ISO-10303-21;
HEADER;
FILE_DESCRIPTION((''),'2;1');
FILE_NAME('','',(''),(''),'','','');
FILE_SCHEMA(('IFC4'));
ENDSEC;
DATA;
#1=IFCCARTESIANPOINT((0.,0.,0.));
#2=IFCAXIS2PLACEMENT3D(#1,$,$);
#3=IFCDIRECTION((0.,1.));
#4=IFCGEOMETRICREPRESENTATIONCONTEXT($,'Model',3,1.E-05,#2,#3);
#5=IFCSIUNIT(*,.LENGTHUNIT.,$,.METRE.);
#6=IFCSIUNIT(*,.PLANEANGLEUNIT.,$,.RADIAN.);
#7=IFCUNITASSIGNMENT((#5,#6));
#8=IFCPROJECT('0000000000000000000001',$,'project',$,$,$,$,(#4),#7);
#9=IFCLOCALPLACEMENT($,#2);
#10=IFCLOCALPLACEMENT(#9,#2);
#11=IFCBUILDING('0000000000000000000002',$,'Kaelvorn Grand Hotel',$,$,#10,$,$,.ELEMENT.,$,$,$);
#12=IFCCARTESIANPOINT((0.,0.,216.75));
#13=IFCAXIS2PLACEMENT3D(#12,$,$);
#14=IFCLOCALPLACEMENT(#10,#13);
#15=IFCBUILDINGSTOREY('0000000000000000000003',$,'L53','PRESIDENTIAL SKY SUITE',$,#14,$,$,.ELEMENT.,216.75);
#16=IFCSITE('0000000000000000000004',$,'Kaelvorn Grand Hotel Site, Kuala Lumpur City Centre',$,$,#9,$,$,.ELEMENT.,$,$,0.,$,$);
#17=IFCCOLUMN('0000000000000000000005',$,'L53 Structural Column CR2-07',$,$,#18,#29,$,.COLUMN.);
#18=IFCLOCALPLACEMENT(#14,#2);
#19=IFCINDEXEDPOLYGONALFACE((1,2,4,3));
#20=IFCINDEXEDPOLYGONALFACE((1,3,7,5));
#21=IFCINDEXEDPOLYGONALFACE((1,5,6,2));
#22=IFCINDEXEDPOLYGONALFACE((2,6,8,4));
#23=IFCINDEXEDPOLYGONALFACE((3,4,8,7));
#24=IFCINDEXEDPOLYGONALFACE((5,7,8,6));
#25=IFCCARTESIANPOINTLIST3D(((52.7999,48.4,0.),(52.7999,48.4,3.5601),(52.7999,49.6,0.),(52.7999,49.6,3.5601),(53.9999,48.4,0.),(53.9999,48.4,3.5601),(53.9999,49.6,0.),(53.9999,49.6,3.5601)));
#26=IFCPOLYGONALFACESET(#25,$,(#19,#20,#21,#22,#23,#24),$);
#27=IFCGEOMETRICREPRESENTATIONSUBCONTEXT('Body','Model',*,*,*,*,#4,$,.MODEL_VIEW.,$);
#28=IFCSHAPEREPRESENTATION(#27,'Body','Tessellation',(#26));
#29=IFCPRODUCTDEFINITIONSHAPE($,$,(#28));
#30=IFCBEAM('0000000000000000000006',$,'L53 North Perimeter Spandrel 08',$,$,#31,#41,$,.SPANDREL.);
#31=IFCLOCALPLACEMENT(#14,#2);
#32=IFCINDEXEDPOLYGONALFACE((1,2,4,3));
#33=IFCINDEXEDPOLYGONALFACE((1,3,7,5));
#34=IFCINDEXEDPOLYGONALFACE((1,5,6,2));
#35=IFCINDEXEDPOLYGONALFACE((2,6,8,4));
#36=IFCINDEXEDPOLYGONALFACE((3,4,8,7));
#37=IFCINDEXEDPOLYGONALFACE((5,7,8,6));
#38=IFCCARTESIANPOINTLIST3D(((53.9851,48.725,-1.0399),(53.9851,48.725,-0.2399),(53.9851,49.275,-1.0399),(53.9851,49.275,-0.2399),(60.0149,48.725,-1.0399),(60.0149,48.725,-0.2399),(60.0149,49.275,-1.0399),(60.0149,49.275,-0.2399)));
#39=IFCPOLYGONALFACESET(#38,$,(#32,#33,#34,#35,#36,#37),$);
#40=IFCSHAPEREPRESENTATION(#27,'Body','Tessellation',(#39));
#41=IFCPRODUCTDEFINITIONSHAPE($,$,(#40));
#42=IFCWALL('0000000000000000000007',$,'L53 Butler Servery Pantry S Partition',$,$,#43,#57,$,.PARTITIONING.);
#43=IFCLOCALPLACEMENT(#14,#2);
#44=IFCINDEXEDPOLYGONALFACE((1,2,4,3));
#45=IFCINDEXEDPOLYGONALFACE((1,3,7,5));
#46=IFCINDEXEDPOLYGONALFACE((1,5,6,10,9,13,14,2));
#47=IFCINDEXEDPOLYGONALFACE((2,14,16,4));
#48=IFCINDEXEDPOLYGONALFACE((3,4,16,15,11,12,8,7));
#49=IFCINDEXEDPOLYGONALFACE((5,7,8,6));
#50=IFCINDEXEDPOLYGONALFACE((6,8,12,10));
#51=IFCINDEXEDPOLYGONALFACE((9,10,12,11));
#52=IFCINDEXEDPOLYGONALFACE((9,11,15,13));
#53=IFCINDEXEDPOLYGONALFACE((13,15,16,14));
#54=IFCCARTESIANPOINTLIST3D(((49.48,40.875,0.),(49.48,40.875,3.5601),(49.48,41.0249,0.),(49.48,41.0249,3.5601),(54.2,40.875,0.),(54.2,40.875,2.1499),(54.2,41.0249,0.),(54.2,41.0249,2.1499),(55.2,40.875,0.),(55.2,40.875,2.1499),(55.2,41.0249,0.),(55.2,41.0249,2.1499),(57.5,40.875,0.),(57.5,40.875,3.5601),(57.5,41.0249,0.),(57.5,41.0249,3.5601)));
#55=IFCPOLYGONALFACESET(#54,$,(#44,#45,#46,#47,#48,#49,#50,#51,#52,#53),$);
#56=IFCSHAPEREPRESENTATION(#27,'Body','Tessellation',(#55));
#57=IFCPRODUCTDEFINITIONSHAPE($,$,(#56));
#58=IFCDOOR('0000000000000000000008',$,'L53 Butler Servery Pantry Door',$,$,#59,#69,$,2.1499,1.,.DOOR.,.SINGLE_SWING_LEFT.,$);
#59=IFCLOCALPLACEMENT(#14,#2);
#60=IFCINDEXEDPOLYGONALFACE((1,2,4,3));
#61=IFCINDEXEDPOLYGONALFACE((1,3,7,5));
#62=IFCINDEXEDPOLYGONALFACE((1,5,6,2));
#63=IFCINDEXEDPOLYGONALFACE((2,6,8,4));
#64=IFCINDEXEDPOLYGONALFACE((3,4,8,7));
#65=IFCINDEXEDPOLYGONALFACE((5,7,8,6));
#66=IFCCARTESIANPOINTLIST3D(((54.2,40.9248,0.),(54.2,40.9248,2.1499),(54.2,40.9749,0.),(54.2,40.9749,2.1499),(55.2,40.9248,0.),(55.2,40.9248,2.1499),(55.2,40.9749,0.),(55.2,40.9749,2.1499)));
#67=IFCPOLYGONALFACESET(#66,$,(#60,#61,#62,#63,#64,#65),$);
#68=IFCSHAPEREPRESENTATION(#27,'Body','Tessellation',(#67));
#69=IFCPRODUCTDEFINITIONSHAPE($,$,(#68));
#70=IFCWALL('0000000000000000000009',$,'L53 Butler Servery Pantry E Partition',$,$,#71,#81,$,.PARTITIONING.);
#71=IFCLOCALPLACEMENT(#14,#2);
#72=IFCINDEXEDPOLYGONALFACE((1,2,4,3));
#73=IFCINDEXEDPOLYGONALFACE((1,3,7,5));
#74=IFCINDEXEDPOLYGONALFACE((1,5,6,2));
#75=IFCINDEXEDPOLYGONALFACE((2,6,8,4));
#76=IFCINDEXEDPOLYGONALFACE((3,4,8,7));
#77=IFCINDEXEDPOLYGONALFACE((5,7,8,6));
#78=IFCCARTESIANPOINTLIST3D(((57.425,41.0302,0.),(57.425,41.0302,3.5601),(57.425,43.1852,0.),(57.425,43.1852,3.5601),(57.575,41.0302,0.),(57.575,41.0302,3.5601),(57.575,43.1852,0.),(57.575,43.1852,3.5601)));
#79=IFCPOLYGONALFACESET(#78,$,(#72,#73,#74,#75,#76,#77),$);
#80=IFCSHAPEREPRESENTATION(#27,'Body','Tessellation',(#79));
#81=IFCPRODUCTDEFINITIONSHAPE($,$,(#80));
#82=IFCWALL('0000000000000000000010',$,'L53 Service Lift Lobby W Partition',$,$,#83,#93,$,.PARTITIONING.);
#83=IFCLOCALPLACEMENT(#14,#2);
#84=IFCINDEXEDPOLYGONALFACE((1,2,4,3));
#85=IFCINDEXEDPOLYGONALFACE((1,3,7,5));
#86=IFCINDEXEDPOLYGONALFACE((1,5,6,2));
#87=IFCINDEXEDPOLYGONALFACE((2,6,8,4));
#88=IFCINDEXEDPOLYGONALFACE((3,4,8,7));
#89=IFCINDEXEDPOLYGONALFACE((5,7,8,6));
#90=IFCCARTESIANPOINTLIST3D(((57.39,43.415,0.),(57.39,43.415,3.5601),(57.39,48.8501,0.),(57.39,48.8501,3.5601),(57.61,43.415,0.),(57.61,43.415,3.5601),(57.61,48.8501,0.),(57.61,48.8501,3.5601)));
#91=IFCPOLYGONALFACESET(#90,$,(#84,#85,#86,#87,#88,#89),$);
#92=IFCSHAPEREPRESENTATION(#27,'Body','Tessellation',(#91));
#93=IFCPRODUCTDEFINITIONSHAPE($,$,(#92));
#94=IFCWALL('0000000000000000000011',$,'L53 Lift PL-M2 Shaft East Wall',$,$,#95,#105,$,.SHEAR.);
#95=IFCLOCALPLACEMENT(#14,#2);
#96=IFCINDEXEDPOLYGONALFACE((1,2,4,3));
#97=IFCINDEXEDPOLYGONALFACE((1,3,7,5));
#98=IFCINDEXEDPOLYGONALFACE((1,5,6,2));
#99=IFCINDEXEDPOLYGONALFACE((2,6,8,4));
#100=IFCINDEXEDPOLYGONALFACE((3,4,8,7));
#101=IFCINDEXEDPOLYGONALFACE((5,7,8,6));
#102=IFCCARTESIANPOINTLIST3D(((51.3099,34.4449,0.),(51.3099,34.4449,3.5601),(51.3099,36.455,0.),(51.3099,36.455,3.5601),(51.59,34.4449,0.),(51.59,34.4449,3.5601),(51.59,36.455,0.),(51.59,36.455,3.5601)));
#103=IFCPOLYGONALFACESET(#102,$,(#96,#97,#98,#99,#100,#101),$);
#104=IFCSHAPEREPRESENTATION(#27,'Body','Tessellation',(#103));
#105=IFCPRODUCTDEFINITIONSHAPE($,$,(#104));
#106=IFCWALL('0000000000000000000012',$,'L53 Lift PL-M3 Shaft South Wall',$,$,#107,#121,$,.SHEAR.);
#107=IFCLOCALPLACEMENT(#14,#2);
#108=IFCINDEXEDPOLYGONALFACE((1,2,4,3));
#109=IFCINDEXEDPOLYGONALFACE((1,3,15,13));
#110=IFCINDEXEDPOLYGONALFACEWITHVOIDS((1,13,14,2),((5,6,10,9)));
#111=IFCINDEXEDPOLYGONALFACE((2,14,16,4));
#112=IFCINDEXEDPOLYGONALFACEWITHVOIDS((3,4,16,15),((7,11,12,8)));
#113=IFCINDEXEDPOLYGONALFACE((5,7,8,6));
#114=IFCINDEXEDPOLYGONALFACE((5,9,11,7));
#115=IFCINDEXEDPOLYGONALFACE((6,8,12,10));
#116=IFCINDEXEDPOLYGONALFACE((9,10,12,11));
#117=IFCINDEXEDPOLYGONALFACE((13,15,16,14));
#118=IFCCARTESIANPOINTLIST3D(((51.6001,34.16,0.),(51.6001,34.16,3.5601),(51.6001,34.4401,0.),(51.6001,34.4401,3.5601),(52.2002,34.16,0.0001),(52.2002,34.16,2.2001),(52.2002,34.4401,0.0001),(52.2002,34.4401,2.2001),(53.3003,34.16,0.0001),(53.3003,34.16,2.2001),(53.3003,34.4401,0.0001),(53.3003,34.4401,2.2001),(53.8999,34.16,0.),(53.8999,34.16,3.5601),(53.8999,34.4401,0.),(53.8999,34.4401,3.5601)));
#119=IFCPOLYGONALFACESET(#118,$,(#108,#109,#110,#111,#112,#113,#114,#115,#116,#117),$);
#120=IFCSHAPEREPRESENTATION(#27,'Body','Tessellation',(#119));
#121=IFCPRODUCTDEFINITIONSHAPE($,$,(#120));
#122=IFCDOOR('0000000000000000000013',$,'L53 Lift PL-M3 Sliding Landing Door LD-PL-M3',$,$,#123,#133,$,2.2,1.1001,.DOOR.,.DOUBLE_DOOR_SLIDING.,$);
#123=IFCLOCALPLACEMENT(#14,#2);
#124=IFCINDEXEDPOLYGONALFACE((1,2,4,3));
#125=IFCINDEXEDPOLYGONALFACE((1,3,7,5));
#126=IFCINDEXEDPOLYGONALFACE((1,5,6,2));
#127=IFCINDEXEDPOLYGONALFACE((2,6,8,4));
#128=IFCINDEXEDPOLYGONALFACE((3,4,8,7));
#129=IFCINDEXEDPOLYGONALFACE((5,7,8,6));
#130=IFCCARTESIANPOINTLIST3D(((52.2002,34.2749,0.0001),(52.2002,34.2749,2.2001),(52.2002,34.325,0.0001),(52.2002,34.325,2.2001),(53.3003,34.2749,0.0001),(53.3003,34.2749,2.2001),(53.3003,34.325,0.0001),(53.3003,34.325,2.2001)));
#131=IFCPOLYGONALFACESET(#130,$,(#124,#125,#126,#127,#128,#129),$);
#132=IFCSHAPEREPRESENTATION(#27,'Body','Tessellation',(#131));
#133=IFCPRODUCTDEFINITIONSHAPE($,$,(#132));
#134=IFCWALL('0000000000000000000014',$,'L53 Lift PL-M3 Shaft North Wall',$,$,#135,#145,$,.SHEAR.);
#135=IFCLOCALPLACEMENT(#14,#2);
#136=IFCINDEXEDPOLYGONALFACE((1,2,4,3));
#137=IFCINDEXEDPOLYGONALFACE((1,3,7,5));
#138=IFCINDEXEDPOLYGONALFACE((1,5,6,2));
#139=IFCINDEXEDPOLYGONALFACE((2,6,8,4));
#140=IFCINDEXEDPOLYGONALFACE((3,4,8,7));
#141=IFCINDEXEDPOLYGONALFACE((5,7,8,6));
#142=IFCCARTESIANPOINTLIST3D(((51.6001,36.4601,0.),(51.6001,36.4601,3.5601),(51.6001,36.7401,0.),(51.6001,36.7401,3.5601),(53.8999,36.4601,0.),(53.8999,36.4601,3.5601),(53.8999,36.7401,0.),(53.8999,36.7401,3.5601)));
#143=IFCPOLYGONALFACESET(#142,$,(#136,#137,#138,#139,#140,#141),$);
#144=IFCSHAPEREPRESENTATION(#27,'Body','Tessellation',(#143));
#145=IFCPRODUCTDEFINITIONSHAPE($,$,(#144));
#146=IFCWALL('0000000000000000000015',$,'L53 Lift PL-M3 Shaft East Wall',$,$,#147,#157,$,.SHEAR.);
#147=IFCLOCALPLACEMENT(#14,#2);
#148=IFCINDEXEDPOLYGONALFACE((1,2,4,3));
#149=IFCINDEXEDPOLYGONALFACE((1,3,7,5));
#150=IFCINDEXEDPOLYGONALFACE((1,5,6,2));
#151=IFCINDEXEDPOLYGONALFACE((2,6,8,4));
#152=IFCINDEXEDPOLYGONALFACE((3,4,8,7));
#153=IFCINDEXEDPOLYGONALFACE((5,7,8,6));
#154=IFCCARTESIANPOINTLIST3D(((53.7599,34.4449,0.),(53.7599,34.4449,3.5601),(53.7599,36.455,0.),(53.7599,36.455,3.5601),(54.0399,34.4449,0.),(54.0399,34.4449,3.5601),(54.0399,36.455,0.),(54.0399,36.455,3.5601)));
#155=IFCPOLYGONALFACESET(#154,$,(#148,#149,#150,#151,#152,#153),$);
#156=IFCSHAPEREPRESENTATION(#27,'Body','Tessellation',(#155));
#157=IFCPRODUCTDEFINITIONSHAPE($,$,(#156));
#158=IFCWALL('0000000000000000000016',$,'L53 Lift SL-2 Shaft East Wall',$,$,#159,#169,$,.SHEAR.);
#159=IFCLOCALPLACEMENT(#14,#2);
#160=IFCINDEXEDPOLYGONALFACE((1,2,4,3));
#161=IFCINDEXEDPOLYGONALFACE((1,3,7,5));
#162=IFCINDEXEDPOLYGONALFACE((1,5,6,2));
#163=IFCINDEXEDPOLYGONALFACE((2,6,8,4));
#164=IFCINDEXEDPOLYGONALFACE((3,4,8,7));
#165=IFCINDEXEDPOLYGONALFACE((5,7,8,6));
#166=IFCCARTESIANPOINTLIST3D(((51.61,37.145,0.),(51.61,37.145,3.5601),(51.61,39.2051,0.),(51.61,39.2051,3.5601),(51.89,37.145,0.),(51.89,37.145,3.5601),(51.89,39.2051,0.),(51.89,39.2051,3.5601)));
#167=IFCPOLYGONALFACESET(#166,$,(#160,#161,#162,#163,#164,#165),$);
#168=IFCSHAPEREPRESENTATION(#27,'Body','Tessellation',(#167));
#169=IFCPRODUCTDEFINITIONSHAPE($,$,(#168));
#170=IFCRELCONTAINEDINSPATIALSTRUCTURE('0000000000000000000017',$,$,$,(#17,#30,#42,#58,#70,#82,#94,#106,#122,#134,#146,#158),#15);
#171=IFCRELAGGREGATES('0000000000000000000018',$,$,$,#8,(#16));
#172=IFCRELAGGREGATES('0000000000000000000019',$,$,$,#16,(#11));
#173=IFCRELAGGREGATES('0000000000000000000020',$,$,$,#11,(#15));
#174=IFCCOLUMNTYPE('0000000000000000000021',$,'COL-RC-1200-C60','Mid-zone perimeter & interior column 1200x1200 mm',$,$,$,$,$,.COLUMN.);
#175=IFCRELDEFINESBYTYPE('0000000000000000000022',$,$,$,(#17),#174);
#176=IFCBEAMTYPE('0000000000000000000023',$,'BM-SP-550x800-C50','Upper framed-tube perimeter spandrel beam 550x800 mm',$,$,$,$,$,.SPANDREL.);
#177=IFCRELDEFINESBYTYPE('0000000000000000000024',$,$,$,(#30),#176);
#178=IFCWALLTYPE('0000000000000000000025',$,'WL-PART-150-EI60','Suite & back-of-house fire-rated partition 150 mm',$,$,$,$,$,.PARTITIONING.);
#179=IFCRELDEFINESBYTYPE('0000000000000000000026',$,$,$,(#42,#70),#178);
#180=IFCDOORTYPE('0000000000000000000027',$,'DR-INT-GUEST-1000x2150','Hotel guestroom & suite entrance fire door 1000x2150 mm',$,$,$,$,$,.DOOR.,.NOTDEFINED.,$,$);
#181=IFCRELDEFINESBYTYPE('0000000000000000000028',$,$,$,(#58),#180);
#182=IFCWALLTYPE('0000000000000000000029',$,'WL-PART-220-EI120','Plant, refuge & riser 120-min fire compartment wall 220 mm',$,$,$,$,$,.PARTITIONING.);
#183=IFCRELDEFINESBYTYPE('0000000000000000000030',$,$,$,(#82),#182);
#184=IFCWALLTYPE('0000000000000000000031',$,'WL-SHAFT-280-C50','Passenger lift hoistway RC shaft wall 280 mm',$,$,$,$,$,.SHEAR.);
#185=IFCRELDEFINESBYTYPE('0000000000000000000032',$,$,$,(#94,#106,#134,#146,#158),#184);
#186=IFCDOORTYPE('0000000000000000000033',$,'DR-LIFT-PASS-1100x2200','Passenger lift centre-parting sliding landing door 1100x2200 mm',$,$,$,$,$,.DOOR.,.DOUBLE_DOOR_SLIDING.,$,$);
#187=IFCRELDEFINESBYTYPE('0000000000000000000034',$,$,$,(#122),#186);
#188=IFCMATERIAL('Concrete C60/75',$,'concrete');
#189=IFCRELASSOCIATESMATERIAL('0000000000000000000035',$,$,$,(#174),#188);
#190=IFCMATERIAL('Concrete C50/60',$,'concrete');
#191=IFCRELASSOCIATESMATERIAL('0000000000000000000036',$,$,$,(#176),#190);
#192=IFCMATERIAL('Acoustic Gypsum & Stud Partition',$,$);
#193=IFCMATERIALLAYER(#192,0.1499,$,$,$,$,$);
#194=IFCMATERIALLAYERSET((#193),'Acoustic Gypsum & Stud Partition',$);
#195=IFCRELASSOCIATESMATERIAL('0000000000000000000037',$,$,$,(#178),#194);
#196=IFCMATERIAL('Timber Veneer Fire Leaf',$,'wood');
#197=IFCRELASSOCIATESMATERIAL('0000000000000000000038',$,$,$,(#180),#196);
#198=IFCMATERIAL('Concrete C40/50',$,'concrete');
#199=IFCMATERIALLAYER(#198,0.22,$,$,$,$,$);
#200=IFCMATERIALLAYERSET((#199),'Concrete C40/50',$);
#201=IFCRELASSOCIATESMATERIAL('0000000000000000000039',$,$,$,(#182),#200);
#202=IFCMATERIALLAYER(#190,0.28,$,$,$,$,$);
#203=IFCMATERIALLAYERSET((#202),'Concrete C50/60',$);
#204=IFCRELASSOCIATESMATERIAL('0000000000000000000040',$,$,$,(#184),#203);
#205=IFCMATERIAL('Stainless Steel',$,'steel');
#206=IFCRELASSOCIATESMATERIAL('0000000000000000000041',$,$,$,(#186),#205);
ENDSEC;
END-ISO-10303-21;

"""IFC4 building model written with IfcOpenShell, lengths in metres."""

from ifc_helpers import new_model, si_unit, direction, frame, frame_2d, origin, origin_2d, place, context, subcontext, project, spatial, rectangle, extrude, material, layer, layer_set, material_profile, profile_set, type_object, element, fill, save


model = new_model("IFC4")

# Units and contexts
model_context = context("Model", 3, precision=1e-05, world=origin(), true_north=direction((0.0, 1.0)))
body_context = subcontext(model_context, "Body", "Model", "MODEL_VIEW")
ifc_project = project(units=[si_unit("LENGTHUNIT", "METRE"), si_unit("PLANEANGLEUNIT", "RADIAN")], contexts=[model_context])

# Site, building, storey
site_placement = place(None, origin())
site = spatial("IfcSite", under=ifc_project, at=site_placement, Name="Kaelvorn Grand Hotel Site, Kuala Lumpur City Centre", CompositionType="ELEMENT", RefElevation=0.0)
building_placement = place(site_placement, origin())
building = spatial("IfcBuilding", under=site, at=building_placement, Name="Kaelvorn Grand Hotel", CompositionType="ELEMENT")
storey_placement = place(building_placement, frame((0.0, 0.0, 216.75)))
storey = spatial("IfcBuildingStorey", under=building, at=storey_placement, Name="L53", Description="PRESIDENTIAL SKY SUITE", CompositionType="ELEMENT", Elevation=216.75)

# Column
ifc_material_1 = material(Name="Concrete C60/75", Category="concrete")
ifc_material_profile_1 = material_profile(ifc_material_1, rectangle(XDim=1.2, YDim=1.2, at=origin_2d()), Name="RC COL 1200x1200")
ifc_profile_set_1 = profile_set([ifc_material_profile_1], Name="Concrete C60/75")
column_type = type_object("IfcColumnType", Name="COL-RC-1200-C60", Description="Mid-zone perimeter & interior column 1200x1200 mm", PredefinedType="COLUMN", material=ifc_profile_set_1)
column_placement = place(storey_placement, frame((53.3999, 49.0, 0.0), z_axis=(0.0, 0.0, 1.0), x_axis=(1.0, 0.0, 0.0)))
element("IfcColumn", 1, at=column_placement, inside=storey, type_object=column_type, Name="L53 Structural Column CR2-07", PredefinedType="COLUMN", context=body_context, shape_type="SweptSolid", body=[
    extrude(rectangle(XDim=1.2, YDim=1.2, at=origin_2d()), origin(), (0.0, 0.0, 1.0), 3.5601),
])

# Beam
ifc_material_2 = material(Name="Concrete C50/60", Category="concrete")
ifc_material_profile_2 = material_profile(ifc_material_2, rectangle(XDim=0.55, YDim=0.8, at=origin_2d()), Name="RC SPANDREL 550x800")
ifc_profile_set_2 = profile_set([ifc_material_profile_2], Name="Concrete C50/60")
beam_type = type_object("IfcBeamType", Name="BM-SP-550x800-C50", Description="Upper framed-tube perimeter spandrel beam 550x800 mm", PredefinedType="SPANDREL", material=ifc_profile_set_2)
beam_placement = place(storey_placement, frame((53.9851, 49.0, -0.6399), z_axis=(1.0, 0.0, 0.0), x_axis=(0.0, 1.0, 0.0)))
element("IfcBeam", 2, at=beam_placement, inside=storey, type_object=beam_type, Name="L53 North Perimeter Spandrel 08", PredefinedType="SPANDREL", context=body_context, shape_type="SweptSolid", body=[
    extrude(rectangle(XDim=0.55, YDim=0.8, at=origin_2d()), origin(), (0.0, 0.0, 1.0), 6.0298),
])

# Wall, opening, door
ifc_material_3 = material(Name="Acoustic Gypsum & Stud Partition")
ifc_layer_1 = layer(ifc_material_3, 0.1499)
ifc_layer_set_1 = layer_set([ifc_layer_1], Name="Acoustic Gypsum & Stud Partition")
wall_type_1 = type_object("IfcWallType", Name="WL-PART-150-EI60", Description="Suite & back-of-house fire-rated partition 150 mm", PredefinedType="PARTITIONING", material=ifc_layer_set_1)
wall_1_placement = place(storey_placement, frame((49.48, 40.95, 0.0), z_axis=(0.0, 0.0, 1.0), x_axis=(1.0, 0.0, 0.0)))
wall_1 = element("IfcWall", 3, at=wall_1_placement, inside=storey, type_object=wall_type_1, Name="L53 Butler Servery Pantry S Partition", PredefinedType="PARTITIONING", context=body_context, shape_type="SweptSolid", body=[
    extrude(rectangle(XDim=8.02, YDim=0.1499, at=frame_2d((4.01, 0.0))), origin(), (0.0, 0.0, 1.0), 3.5601),
])
opening_1_placement = place(wall_1_placement, frame((4.72, 0.0, 0.0)))
opening_1 = element("IfcOpeningElement", 4, at=opening_1_placement, cuts=wall_1, PredefinedType="OPENING", context=body_context, shape_type="SweptSolid", body=[
    extrude(rectangle(XDim=1.0, YDim=2.1499, at=frame_2d((0.5, 1.075))), frame((0.0, 0.085, 0.0), z_axis=(0.0, -1.0, 0.0), x_axis=(1.0, 0.0, 0.0)), (0.0, 0.0, 1.0), 0.1699),
])
ifc_material_4 = material(Name="Timber Veneer Fire Leaf", Category="wood")
door_type_1 = type_object("IfcDoorType", Name="DR-INT-GUEST-1000x2150", Description="Hotel guestroom & suite entrance fire door 1000x2150 mm", OperationType="NOTDEFINED", PredefinedType="DOOR", material=ifc_material_4)
door_1_placement = place(opening_1_placement, origin())
door_1 = element("IfcDoor", 5, at=door_1_placement, inside=storey, type_object=door_type_1, Name="L53 Butler Servery Pantry Door", OperationType="SINGLE_SWING_LEFT", OverallHeight=2.1499, OverallWidth=1.0, PredefinedType="DOOR", context=body_context, shape_type="SweptSolid", body=[
    extrude(rectangle(XDim=1.0, YDim=2.1499, at=frame_2d((0.5, 1.075))), frame((0.0, 0.0249, 0.0), z_axis=(0.0, -1.0, 0.0), x_axis=(1.0, 0.0, 0.0)), (0.0, 0.0, 1.0), 0.05),
])
fill(opening_1, door_1)

# Wall
wall_2_placement = place(storey_placement, frame((57.5, 41.03, 0.0), z_axis=(0.0, 0.0, 1.0), x_axis=(0.0, 1.0, 0.0)))
element("IfcWall", 6, at=wall_2_placement, inside=storey, type_object=wall_type_1, Name="L53 Butler Servery Pantry E Partition", PredefinedType="PARTITIONING", context=body_context, shape_type="SweptSolid", body=[
    extrude(rectangle(XDim=2.155, YDim=0.1499, at=frame_2d((1.0776, 0.0))), origin(), (0.0, 0.0, 1.0), 3.5601),
])

# Shared definitions
ifc_material_5 = material(Name="Concrete C40/50", Category="concrete")
ifc_layer_2 = layer(ifc_material_5, 0.22)
ifc_layer_set_2 = layer_set([ifc_layer_2], Name="Concrete C40/50")
wall_type_2 = type_object("IfcWallType", Name="WL-PART-220-EI120", Description="Plant, refuge & riser 120-min fire compartment wall 220 mm", PredefinedType="PARTITIONING", material=ifc_layer_set_2)

# Walls
wall_3_placement = place(storey_placement, frame((57.5, 43.415, 0.0), z_axis=(0.0, 0.0, 1.0), x_axis=(0.0, 1.0, 0.0)))
element("IfcWall", 7, at=wall_3_placement, inside=storey, type_object=wall_type_2, Name="L53 Service Lift Lobby W Partition", PredefinedType="PARTITIONING", context=body_context, shape_type="SweptSolid", body=[
    extrude(rectangle(XDim=5.4351, YDim=0.22, at=frame_2d((2.7175, 0.0))), origin(), (0.0, 0.0, 1.0), 3.5601),
])
ifc_layer_3 = layer(ifc_material_2, 0.28)
ifc_layer_set_3 = layer_set([ifc_layer_3], Name="Concrete C50/60")
wall_type_3 = type_object("IfcWallType", Name="WL-SHAFT-280-C50", Description="Passenger lift hoistway RC shaft wall 280 mm", PredefinedType="SHEAR", material=ifc_layer_set_3)
wall_4_placement = place(storey_placement, frame((51.45, 34.4451, 0.0), z_axis=(0.0, 0.0, 1.0), x_axis=(0.0, 1.0, 0.0)))
element("IfcWall", 8, at=wall_4_placement, inside=storey, type_object=wall_type_3, Name="L53 Lift PL-M2 Shaft East Wall", PredefinedType="SHEAR", context=body_context, shape_type="SweptSolid", body=[
    extrude(rectangle(XDim=2.01, YDim=0.28, at=frame_2d((1.0049, 0.0))), origin(), (0.0, 0.0, 1.0), 3.5601),
])

# Wall, opening, door
wall_5_placement = place(storey_placement, frame((51.6001, 34.3, 0.0), z_axis=(0.0, 0.0, 1.0), x_axis=(1.0, 0.0, 0.0)))
wall_5 = element("IfcWall", 9, at=wall_5_placement, inside=storey, type_object=wall_type_3, Name="L53 Lift PL-M3 Shaft South Wall", PredefinedType="SHEAR", context=body_context, shape_type="SweptSolid", body=[
    extrude(rectangle(XDim=2.2998, YDim=0.28, at=frame_2d((1.1499, 0.0))), origin(), (0.0, 0.0, 1.0), 3.5601),
])
opening_2_placement = place(wall_5_placement, frame((0.6001, 0.0, 0.0)))
opening_2 = element("IfcOpeningElement", 10, at=opening_2_placement, cuts=wall_5, PredefinedType="OPENING", context=body_context, shape_type="SweptSolid", body=[
    extrude(rectangle(XDim=1.1001, YDim=2.2, at=frame_2d((0.55, 1.1001))), frame((0.0, 0.1499, 0.0), z_axis=(0.0, -1.0, 0.0), x_axis=(1.0, 0.0, 0.0)), (0.0, 0.0, 1.0), 0.3),
])
ifc_material_6 = material(Name="Stainless Steel", Category="steel")
door_type_2 = type_object("IfcDoorType", Name="DR-LIFT-PASS-1100x2200", Description="Passenger lift centre-parting sliding landing door 1100x2200 mm", OperationType="DOUBLE_DOOR_SLIDING", PredefinedType="DOOR", material=ifc_material_6)
door_2_placement = place(opening_2_placement, origin())
door_2 = element("IfcDoor", 11, at=door_2_placement, inside=storey, type_object=door_type_2, Name="L53 Lift PL-M3 Sliding Landing Door LD-PL-M3", OperationType="DOUBLE_DOOR_SLIDING", OverallHeight=2.2, OverallWidth=1.1001, PredefinedType="DOOR", context=body_context, shape_type="SweptSolid", body=[
    extrude(rectangle(XDim=1.1001, YDim=2.2, at=frame_2d((0.55, 1.1001))), frame((0.0, 0.0249, 0.0), z_axis=(0.0, -1.0, 0.0), x_axis=(1.0, 0.0, 0.0)), (0.0, 0.0, 1.0), 0.05),
])
fill(opening_2, door_2)

# Walls
wall_6_placement = place(storey_placement, frame((51.6001, 36.6001, 0.0), z_axis=(0.0, 0.0, 1.0), x_axis=(1.0, 0.0, 0.0)))
element("IfcWall", 12, at=wall_6_placement, inside=storey, type_object=wall_type_3, Name="L53 Lift PL-M3 Shaft North Wall", PredefinedType="SHEAR", context=body_context, shape_type="SweptSolid", body=[
    extrude(rectangle(XDim=2.2998, YDim=0.28, at=frame_2d((1.1499, 0.0))), origin(), (0.0, 0.0, 1.0), 3.5601),
])
wall_7_placement = place(storey_placement, frame((53.8999, 34.4451, 0.0), z_axis=(0.0, 0.0, 1.0), x_axis=(0.0, 1.0, 0.0)))
element("IfcWall", 13, at=wall_7_placement, inside=storey, type_object=wall_type_3, Name="L53 Lift PL-M3 Shaft East Wall", PredefinedType="SHEAR", context=body_context, shape_type="SweptSolid", body=[
    extrude(rectangle(XDim=2.01, YDim=0.28, at=frame_2d((1.0049, 0.0))), origin(), (0.0, 0.0, 1.0), 3.5601),
])
wall_8_placement = place(storey_placement, frame((51.75, 37.145, 0.0), z_axis=(0.0, 0.0, 1.0), x_axis=(0.0, 1.0, 0.0)))
element("IfcWall", 14, at=wall_8_placement, inside=storey, type_object=wall_type_3, Name="L53 Lift SL-2 Shaft East Wall", PredefinedType="SHEAR", context=body_context, shape_type="SweptSolid", body=[
    extrude(rectangle(XDim=2.0601, YDim=0.28, at=frame_2d((1.03, 0.0))), origin(), (0.0, 0.0, 1.0), 3.5601),
])

save(model, "model.ifc")
